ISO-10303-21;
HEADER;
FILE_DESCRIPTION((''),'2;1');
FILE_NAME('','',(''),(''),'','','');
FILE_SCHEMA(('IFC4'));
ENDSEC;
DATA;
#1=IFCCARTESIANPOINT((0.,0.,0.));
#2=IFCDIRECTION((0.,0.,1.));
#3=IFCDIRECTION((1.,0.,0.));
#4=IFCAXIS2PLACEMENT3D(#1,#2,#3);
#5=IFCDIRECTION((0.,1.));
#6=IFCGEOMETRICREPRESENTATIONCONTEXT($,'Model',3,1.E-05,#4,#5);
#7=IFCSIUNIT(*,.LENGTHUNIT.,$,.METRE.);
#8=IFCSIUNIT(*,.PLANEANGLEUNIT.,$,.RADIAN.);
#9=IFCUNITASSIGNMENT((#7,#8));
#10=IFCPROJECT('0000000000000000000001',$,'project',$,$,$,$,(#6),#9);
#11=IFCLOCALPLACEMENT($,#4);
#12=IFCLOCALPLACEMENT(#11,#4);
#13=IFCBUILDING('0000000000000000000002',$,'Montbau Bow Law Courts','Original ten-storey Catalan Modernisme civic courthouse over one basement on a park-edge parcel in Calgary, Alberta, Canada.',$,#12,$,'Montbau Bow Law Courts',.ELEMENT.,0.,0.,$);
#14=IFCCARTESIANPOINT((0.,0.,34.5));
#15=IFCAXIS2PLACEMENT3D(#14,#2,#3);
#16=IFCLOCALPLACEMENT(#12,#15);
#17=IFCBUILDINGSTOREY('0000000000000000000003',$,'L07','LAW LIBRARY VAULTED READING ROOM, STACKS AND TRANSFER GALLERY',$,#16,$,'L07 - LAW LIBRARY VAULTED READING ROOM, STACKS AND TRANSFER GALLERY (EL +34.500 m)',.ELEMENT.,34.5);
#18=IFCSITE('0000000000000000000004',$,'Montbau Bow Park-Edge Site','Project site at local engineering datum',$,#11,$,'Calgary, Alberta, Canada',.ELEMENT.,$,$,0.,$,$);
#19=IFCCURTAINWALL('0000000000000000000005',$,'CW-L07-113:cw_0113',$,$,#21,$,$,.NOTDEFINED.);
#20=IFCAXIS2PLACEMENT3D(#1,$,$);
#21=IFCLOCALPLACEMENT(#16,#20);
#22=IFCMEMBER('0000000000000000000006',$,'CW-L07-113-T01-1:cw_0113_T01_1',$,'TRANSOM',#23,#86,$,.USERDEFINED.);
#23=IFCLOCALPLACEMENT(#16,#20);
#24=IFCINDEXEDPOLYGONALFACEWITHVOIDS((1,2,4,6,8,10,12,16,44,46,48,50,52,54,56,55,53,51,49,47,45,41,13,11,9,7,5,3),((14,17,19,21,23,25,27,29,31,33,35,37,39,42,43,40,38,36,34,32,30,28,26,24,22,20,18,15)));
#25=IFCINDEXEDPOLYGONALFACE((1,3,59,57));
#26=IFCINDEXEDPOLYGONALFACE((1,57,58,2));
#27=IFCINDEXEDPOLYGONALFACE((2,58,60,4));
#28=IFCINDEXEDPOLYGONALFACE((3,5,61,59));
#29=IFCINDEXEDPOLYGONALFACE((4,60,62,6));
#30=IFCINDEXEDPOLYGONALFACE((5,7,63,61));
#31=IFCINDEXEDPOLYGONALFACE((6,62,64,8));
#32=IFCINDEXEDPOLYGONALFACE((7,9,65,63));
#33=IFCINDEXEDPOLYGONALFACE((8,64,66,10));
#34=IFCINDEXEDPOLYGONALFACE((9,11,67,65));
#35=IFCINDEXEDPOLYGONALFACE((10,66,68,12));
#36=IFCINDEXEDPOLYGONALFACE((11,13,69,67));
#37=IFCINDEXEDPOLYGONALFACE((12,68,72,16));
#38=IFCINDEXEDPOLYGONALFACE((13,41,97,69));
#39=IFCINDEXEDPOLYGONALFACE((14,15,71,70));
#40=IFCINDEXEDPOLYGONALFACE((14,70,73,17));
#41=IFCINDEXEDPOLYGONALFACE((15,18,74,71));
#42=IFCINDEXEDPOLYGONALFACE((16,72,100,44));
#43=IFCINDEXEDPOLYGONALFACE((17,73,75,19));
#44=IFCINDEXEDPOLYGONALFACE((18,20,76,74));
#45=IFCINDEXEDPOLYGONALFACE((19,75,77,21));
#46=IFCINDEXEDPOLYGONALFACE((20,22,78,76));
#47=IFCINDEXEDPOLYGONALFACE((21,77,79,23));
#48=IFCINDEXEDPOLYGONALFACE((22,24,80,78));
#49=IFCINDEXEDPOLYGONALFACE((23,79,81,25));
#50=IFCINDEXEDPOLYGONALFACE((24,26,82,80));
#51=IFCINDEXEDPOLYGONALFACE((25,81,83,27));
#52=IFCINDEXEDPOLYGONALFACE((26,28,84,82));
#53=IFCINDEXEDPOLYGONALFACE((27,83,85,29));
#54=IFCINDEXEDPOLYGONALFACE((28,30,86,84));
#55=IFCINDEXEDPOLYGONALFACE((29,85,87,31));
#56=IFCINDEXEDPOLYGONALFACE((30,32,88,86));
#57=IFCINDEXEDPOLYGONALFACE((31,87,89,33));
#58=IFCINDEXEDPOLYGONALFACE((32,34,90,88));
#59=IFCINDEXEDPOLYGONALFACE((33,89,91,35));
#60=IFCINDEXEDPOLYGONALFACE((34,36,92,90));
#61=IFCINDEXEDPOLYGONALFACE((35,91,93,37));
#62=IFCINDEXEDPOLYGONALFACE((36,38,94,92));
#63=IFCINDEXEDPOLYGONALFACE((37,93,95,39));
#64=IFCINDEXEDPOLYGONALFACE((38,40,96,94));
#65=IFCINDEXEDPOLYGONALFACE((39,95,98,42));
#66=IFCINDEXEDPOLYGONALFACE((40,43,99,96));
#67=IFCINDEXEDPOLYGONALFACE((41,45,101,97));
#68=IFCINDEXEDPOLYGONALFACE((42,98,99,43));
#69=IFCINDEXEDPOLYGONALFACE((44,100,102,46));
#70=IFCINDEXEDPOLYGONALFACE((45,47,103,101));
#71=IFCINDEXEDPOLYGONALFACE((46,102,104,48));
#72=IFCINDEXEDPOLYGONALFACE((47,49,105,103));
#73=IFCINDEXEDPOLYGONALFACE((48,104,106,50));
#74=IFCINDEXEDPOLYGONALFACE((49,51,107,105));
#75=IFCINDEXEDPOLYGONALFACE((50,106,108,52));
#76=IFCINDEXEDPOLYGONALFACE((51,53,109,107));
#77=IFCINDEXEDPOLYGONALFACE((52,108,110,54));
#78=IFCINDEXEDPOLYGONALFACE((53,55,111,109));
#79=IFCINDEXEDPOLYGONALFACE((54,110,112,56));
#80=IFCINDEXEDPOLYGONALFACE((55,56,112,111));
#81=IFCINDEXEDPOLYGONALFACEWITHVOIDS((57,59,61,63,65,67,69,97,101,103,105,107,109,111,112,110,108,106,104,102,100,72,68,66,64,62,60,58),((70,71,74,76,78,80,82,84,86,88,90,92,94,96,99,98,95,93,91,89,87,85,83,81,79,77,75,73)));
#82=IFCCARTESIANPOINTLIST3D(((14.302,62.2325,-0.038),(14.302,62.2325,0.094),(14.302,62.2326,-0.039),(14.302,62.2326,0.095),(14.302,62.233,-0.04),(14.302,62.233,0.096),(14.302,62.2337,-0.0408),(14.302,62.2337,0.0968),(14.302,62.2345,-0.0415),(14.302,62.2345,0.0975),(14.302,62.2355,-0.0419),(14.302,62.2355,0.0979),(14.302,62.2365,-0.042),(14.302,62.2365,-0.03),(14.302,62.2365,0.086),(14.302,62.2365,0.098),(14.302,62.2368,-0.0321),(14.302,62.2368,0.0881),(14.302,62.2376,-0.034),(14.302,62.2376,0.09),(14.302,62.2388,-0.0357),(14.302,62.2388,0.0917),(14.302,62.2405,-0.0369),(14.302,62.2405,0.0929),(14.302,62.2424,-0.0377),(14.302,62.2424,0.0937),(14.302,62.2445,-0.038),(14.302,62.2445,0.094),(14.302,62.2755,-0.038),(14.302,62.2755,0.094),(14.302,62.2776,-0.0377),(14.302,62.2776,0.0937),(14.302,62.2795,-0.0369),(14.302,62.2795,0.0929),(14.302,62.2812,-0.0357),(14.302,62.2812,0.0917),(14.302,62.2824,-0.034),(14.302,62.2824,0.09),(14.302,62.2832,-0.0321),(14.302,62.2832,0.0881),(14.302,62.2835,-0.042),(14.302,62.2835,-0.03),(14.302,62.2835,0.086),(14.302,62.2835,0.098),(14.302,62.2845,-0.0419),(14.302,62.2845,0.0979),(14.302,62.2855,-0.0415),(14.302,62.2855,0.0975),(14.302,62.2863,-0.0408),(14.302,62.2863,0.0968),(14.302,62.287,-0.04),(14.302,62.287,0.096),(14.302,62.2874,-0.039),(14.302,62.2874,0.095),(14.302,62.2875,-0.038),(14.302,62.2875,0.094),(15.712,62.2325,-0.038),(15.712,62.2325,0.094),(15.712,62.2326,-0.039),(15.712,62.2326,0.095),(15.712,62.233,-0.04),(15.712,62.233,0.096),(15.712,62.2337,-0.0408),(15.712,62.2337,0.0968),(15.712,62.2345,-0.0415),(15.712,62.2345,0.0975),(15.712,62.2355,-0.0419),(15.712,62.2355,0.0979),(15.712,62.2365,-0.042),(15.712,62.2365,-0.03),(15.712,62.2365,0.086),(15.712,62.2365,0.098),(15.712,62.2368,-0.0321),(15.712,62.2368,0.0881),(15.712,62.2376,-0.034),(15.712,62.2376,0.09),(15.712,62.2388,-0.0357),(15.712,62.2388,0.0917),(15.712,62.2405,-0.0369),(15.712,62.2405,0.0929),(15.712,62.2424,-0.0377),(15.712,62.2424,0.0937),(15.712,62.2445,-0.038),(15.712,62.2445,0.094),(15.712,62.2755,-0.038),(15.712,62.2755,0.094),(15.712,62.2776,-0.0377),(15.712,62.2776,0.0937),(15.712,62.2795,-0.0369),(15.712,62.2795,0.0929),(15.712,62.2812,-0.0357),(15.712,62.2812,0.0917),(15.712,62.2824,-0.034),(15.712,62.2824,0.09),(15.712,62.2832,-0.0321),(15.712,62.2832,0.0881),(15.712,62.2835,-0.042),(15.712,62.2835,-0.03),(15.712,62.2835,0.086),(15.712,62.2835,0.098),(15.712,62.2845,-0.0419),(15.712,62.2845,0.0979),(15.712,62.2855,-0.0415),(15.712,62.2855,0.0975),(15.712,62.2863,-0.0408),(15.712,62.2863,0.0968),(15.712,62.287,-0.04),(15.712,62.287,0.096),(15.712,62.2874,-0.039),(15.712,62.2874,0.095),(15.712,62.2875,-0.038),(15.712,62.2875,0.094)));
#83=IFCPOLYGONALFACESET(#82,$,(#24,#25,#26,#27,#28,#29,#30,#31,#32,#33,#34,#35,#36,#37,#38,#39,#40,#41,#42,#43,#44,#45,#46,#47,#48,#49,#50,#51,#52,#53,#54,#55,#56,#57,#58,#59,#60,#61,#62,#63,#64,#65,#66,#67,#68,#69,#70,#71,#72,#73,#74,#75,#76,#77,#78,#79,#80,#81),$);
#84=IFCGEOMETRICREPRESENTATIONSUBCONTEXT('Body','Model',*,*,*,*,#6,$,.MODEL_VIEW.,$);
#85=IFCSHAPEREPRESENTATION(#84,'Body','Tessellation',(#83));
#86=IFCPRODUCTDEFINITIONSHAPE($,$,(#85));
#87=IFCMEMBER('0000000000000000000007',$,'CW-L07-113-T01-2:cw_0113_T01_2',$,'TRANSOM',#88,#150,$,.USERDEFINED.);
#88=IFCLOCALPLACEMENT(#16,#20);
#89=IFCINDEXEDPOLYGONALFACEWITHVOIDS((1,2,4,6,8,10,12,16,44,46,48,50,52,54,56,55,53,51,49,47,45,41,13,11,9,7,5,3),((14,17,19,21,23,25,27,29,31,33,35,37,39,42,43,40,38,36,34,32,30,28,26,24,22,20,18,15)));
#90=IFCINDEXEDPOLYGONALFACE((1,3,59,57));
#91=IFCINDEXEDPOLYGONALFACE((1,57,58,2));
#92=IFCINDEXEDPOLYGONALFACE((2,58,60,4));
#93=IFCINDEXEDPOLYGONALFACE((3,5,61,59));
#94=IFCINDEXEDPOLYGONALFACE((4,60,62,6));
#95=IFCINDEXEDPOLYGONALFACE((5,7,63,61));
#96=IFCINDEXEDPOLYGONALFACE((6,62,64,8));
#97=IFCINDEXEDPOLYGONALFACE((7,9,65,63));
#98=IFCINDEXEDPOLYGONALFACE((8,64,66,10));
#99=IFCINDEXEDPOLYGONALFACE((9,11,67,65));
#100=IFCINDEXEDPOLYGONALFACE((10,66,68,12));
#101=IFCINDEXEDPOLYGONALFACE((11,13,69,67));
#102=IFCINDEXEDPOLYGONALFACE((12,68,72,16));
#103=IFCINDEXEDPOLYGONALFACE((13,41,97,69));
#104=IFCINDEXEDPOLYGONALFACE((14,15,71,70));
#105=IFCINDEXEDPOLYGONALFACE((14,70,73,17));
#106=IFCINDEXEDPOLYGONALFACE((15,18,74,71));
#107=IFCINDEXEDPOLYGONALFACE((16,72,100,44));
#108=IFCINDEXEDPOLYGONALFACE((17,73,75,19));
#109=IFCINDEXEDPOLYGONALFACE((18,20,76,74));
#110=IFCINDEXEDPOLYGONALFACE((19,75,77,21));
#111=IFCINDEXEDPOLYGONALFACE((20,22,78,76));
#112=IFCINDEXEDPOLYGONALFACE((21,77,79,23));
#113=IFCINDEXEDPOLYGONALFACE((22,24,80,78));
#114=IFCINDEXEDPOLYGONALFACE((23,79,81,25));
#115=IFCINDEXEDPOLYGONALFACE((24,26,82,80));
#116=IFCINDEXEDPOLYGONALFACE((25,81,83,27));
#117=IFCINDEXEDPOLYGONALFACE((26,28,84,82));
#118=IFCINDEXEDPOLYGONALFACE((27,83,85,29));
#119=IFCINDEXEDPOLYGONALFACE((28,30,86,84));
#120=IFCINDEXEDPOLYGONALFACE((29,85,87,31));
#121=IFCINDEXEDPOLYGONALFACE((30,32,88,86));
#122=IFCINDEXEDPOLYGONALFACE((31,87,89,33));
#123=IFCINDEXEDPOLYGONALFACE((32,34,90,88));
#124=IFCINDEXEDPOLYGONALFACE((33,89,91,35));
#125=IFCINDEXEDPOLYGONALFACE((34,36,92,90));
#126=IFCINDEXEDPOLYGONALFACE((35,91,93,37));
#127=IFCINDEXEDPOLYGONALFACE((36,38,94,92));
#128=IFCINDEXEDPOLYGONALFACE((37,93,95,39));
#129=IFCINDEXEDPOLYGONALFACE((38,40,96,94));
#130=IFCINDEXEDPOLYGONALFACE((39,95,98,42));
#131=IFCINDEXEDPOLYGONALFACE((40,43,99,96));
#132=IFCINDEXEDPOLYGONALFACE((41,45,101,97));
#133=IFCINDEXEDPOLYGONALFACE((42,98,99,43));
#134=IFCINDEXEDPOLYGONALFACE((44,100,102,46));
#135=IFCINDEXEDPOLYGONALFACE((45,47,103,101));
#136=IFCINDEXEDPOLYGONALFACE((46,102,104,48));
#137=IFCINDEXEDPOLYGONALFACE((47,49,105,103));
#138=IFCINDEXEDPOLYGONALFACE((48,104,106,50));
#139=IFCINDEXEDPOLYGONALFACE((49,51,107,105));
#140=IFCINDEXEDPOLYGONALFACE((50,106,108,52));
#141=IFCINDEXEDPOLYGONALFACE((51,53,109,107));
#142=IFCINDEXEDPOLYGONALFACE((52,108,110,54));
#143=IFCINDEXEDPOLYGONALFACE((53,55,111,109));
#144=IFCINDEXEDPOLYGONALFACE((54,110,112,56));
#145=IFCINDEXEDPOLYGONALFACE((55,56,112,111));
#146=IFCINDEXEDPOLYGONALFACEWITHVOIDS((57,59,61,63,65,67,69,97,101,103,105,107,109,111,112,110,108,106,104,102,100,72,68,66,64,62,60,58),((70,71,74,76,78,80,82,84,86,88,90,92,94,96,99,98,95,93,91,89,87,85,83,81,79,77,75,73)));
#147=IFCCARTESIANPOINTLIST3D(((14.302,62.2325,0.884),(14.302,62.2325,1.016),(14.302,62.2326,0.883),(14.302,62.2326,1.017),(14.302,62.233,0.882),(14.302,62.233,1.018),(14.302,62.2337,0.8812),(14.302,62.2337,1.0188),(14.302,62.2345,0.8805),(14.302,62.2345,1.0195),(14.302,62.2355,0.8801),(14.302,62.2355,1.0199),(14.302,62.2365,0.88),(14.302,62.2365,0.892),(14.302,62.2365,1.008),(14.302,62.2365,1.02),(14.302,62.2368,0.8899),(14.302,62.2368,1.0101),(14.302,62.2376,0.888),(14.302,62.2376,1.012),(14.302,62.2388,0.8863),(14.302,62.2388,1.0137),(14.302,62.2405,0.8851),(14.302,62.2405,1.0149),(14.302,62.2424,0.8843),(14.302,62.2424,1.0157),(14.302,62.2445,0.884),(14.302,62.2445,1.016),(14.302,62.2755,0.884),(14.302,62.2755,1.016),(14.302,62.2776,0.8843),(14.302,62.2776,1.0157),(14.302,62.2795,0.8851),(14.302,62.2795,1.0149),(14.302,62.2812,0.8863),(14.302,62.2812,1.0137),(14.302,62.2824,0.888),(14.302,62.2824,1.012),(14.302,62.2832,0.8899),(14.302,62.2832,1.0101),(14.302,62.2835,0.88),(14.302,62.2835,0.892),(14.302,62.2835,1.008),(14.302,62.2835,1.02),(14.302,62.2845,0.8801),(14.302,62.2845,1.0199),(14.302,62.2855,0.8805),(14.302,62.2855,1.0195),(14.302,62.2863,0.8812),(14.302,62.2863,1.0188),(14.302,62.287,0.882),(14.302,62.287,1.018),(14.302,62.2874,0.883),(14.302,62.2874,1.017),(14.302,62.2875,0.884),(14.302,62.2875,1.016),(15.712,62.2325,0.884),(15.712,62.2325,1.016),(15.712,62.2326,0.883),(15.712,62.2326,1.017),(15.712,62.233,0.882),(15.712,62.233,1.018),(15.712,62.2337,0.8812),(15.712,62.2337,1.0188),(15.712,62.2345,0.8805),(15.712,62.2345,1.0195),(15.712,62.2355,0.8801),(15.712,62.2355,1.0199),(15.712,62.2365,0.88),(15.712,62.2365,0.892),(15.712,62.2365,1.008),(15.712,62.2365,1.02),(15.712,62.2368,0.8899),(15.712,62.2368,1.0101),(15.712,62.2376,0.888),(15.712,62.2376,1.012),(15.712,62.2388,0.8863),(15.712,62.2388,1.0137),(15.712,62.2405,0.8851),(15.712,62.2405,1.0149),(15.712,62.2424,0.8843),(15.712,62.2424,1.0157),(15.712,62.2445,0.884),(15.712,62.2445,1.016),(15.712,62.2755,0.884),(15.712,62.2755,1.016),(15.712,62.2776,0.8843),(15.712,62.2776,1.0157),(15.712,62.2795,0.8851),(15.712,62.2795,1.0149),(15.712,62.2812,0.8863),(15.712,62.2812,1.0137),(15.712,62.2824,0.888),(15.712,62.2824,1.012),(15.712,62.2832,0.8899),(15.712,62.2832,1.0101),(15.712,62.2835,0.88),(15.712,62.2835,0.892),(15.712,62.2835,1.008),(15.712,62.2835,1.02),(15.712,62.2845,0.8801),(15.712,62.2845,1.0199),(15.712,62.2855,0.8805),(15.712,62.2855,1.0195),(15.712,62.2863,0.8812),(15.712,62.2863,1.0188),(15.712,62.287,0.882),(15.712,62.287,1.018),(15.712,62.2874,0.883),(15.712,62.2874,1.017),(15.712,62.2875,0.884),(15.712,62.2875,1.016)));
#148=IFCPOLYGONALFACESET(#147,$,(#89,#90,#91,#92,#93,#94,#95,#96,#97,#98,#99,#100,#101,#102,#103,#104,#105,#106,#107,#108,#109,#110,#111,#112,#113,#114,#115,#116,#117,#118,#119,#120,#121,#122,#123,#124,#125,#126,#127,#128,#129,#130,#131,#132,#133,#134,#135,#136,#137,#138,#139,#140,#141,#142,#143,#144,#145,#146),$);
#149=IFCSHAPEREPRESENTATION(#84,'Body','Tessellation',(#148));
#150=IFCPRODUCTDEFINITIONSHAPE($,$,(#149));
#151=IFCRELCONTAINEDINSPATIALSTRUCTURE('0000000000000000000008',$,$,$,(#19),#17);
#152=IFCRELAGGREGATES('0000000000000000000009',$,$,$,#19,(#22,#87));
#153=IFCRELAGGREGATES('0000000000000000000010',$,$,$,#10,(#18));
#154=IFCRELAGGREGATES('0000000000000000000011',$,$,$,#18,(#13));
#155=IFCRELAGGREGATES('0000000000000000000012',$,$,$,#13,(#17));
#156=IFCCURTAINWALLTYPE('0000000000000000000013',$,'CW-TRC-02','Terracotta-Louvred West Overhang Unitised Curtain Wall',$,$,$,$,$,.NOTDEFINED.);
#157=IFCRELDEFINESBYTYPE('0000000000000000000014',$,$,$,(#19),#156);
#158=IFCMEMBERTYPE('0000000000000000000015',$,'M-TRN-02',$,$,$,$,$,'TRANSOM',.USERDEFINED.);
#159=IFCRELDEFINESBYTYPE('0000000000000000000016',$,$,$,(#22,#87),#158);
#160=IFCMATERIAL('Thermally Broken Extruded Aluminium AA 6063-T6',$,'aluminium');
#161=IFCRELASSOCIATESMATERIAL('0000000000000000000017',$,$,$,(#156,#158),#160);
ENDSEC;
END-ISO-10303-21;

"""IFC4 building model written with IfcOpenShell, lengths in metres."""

from ifc_helpers import new_model, si_unit, direction, frame, origin_with_axes, origin_2d_with_axis, place, context, subcontext, project, spatial, hollow_rectangle, extrude, material, material_profile, profile_set, type_object, element, aggregate, save


model = new_model("IFC4")

# Units and contexts
model_context = context("Model", 3, precision=1e-05, world=origin_with_axes(), true_north=direction((0.0, 1.0)))
body_context = subcontext(model_context, "Body", "Model", "MODEL_VIEW")
ifc_project = project(units=[si_unit("LENGTHUNIT", "METRE"), si_unit("PLANEANGLEUNIT", "RADIAN")], contexts=[model_context])

# Site, building, storey
site_placement = place(None, origin_with_axes())
site = spatial("IfcSite", under=ifc_project, at=site_placement, Name="Montbau Bow Park-Edge Site", Description="Project site at local engineering datum", LongName="Calgary, Alberta, Canada", CompositionType="ELEMENT", RefElevation=0.0)
building_placement = place(site_placement, origin_with_axes())
building = spatial("IfcBuilding", under=site, at=building_placement, Name="Montbau Bow Law Courts", Description="Original ten-storey Catalan Modernisme civic courthouse over one basement on a park-edge parcel in Calgary, Alberta, Canada.", LongName="Montbau Bow Law Courts", CompositionType="ELEMENT", ElevationOfRefHeight=0.0, ElevationOfTerrain=0.0)
storey_placement = place(building_placement, frame((0.0, 0.0, 34.5), z_axis=(0.0, 0.0, 1.0), x_axis=(1.0, 0.0, 0.0)))
storey = spatial("IfcBuildingStorey", under=building, at=storey_placement, Name="L07", Description="LAW LIBRARY VAULTED READING ROOM, STACKS AND TRANSFER GALLERY", LongName="L07 - LAW LIBRARY VAULTED READING ROOM, STACKS AND TRANSFER GALLERY (EL +34.500 m)", CompositionType="ELEMENT", Elevation=34.5)

# Shared definitions
ifc_material_1 = material(Name="Thermally Broken Extruded Aluminium AA 6063-T6", Category="aluminium")
curtain_wall_type = type_object("IfcCurtainWallType", Name="CW-TRC-02", Description="Terracotta-Louvred West Overhang Unitised Curtain Wall", PredefinedType="NOTDEFINED", material=ifc_material_1)

# Curtain wall
curtain_wall_1_placement = place(None, frame((14.24, 62.26, 34.5), z_axis=(0.0, 0.0, 1.0), x_axis=(1.0, 0.0, 0.0)))
curtain_wall_1 = element("IfcCurtainWall", 1, at=curtain_wall_1_placement, inside=storey, type_object=curtain_wall_type, Name="CW-L07-113:cw_0113", PredefinedType="NOTDEFINED")

# Members
ifc_material_profile_1 = material_profile(ifc_material_1, hollow_rectangle(XDim=0.055, YDim=0.14, WallThickness=0.004, InnerFilletRadius=0.008, OuterFilletRadius=0.004, at=origin_2d_with_axis()), Name="CWT-140X55", Category="Main", Priority=0)
ifc_profile_set_1 = profile_set([ifc_material_profile_1], Name="Thermally Broken Extruded Aluminium AA 6063-T6")
member_type_1 = type_object("IfcMemberType", Name="M-TRN-02", ElementType="TRANSOM", PredefinedType="USERDEFINED", material=ifc_profile_set_1)
member_1_placement = place(None, frame((14.302, 62.26, 34.528), z_axis=(1.0, 0.0, 0.0), x_axis=(0.0, 1.0, 0.0)))
member_1 = element("IfcMember", 2, at=member_1_placement, type_object=member_type_1, Name="CW-L07-113-T01-1:cw_0113_T01_1", ObjectType="TRANSOM", PredefinedType="USERDEFINED", context=body_context, shape_type="SweptSolid", body=[
    extrude(hollow_rectangle(XDim=0.055, YDim=0.14, WallThickness=0.004, InnerFilletRadius=0.008, OuterFilletRadius=0.004, at=origin_2d_with_axis()), origin_with_axes(), (0.0, 0.0, 1.0), 1.41),
])
member_2_placement = place(None, frame((14.302, 62.26, 35.45), z_axis=(1.0, 0.0, 0.0), x_axis=(0.0, 1.0, 0.0)))
member_2 = element("IfcMember", 3, at=member_2_placement, type_object=member_type_1, Name="CW-L07-113-T01-2:cw_0113_T01_2", ObjectType="TRANSOM", PredefinedType="USERDEFINED", context=body_context, shape_type="SweptSolid", body=[
    extrude(hollow_rectangle(XDim=0.055, YDim=0.14, WallThickness=0.004, InnerFilletRadius=0.008, OuterFilletRadius=0.004, at=origin_2d_with_axis()), origin_with_axes(), (0.0, 0.0, 1.0), 1.41),
])

aggregate(curtain_wall_1, [member_1, member_2])

save(model, "model.ifc")
